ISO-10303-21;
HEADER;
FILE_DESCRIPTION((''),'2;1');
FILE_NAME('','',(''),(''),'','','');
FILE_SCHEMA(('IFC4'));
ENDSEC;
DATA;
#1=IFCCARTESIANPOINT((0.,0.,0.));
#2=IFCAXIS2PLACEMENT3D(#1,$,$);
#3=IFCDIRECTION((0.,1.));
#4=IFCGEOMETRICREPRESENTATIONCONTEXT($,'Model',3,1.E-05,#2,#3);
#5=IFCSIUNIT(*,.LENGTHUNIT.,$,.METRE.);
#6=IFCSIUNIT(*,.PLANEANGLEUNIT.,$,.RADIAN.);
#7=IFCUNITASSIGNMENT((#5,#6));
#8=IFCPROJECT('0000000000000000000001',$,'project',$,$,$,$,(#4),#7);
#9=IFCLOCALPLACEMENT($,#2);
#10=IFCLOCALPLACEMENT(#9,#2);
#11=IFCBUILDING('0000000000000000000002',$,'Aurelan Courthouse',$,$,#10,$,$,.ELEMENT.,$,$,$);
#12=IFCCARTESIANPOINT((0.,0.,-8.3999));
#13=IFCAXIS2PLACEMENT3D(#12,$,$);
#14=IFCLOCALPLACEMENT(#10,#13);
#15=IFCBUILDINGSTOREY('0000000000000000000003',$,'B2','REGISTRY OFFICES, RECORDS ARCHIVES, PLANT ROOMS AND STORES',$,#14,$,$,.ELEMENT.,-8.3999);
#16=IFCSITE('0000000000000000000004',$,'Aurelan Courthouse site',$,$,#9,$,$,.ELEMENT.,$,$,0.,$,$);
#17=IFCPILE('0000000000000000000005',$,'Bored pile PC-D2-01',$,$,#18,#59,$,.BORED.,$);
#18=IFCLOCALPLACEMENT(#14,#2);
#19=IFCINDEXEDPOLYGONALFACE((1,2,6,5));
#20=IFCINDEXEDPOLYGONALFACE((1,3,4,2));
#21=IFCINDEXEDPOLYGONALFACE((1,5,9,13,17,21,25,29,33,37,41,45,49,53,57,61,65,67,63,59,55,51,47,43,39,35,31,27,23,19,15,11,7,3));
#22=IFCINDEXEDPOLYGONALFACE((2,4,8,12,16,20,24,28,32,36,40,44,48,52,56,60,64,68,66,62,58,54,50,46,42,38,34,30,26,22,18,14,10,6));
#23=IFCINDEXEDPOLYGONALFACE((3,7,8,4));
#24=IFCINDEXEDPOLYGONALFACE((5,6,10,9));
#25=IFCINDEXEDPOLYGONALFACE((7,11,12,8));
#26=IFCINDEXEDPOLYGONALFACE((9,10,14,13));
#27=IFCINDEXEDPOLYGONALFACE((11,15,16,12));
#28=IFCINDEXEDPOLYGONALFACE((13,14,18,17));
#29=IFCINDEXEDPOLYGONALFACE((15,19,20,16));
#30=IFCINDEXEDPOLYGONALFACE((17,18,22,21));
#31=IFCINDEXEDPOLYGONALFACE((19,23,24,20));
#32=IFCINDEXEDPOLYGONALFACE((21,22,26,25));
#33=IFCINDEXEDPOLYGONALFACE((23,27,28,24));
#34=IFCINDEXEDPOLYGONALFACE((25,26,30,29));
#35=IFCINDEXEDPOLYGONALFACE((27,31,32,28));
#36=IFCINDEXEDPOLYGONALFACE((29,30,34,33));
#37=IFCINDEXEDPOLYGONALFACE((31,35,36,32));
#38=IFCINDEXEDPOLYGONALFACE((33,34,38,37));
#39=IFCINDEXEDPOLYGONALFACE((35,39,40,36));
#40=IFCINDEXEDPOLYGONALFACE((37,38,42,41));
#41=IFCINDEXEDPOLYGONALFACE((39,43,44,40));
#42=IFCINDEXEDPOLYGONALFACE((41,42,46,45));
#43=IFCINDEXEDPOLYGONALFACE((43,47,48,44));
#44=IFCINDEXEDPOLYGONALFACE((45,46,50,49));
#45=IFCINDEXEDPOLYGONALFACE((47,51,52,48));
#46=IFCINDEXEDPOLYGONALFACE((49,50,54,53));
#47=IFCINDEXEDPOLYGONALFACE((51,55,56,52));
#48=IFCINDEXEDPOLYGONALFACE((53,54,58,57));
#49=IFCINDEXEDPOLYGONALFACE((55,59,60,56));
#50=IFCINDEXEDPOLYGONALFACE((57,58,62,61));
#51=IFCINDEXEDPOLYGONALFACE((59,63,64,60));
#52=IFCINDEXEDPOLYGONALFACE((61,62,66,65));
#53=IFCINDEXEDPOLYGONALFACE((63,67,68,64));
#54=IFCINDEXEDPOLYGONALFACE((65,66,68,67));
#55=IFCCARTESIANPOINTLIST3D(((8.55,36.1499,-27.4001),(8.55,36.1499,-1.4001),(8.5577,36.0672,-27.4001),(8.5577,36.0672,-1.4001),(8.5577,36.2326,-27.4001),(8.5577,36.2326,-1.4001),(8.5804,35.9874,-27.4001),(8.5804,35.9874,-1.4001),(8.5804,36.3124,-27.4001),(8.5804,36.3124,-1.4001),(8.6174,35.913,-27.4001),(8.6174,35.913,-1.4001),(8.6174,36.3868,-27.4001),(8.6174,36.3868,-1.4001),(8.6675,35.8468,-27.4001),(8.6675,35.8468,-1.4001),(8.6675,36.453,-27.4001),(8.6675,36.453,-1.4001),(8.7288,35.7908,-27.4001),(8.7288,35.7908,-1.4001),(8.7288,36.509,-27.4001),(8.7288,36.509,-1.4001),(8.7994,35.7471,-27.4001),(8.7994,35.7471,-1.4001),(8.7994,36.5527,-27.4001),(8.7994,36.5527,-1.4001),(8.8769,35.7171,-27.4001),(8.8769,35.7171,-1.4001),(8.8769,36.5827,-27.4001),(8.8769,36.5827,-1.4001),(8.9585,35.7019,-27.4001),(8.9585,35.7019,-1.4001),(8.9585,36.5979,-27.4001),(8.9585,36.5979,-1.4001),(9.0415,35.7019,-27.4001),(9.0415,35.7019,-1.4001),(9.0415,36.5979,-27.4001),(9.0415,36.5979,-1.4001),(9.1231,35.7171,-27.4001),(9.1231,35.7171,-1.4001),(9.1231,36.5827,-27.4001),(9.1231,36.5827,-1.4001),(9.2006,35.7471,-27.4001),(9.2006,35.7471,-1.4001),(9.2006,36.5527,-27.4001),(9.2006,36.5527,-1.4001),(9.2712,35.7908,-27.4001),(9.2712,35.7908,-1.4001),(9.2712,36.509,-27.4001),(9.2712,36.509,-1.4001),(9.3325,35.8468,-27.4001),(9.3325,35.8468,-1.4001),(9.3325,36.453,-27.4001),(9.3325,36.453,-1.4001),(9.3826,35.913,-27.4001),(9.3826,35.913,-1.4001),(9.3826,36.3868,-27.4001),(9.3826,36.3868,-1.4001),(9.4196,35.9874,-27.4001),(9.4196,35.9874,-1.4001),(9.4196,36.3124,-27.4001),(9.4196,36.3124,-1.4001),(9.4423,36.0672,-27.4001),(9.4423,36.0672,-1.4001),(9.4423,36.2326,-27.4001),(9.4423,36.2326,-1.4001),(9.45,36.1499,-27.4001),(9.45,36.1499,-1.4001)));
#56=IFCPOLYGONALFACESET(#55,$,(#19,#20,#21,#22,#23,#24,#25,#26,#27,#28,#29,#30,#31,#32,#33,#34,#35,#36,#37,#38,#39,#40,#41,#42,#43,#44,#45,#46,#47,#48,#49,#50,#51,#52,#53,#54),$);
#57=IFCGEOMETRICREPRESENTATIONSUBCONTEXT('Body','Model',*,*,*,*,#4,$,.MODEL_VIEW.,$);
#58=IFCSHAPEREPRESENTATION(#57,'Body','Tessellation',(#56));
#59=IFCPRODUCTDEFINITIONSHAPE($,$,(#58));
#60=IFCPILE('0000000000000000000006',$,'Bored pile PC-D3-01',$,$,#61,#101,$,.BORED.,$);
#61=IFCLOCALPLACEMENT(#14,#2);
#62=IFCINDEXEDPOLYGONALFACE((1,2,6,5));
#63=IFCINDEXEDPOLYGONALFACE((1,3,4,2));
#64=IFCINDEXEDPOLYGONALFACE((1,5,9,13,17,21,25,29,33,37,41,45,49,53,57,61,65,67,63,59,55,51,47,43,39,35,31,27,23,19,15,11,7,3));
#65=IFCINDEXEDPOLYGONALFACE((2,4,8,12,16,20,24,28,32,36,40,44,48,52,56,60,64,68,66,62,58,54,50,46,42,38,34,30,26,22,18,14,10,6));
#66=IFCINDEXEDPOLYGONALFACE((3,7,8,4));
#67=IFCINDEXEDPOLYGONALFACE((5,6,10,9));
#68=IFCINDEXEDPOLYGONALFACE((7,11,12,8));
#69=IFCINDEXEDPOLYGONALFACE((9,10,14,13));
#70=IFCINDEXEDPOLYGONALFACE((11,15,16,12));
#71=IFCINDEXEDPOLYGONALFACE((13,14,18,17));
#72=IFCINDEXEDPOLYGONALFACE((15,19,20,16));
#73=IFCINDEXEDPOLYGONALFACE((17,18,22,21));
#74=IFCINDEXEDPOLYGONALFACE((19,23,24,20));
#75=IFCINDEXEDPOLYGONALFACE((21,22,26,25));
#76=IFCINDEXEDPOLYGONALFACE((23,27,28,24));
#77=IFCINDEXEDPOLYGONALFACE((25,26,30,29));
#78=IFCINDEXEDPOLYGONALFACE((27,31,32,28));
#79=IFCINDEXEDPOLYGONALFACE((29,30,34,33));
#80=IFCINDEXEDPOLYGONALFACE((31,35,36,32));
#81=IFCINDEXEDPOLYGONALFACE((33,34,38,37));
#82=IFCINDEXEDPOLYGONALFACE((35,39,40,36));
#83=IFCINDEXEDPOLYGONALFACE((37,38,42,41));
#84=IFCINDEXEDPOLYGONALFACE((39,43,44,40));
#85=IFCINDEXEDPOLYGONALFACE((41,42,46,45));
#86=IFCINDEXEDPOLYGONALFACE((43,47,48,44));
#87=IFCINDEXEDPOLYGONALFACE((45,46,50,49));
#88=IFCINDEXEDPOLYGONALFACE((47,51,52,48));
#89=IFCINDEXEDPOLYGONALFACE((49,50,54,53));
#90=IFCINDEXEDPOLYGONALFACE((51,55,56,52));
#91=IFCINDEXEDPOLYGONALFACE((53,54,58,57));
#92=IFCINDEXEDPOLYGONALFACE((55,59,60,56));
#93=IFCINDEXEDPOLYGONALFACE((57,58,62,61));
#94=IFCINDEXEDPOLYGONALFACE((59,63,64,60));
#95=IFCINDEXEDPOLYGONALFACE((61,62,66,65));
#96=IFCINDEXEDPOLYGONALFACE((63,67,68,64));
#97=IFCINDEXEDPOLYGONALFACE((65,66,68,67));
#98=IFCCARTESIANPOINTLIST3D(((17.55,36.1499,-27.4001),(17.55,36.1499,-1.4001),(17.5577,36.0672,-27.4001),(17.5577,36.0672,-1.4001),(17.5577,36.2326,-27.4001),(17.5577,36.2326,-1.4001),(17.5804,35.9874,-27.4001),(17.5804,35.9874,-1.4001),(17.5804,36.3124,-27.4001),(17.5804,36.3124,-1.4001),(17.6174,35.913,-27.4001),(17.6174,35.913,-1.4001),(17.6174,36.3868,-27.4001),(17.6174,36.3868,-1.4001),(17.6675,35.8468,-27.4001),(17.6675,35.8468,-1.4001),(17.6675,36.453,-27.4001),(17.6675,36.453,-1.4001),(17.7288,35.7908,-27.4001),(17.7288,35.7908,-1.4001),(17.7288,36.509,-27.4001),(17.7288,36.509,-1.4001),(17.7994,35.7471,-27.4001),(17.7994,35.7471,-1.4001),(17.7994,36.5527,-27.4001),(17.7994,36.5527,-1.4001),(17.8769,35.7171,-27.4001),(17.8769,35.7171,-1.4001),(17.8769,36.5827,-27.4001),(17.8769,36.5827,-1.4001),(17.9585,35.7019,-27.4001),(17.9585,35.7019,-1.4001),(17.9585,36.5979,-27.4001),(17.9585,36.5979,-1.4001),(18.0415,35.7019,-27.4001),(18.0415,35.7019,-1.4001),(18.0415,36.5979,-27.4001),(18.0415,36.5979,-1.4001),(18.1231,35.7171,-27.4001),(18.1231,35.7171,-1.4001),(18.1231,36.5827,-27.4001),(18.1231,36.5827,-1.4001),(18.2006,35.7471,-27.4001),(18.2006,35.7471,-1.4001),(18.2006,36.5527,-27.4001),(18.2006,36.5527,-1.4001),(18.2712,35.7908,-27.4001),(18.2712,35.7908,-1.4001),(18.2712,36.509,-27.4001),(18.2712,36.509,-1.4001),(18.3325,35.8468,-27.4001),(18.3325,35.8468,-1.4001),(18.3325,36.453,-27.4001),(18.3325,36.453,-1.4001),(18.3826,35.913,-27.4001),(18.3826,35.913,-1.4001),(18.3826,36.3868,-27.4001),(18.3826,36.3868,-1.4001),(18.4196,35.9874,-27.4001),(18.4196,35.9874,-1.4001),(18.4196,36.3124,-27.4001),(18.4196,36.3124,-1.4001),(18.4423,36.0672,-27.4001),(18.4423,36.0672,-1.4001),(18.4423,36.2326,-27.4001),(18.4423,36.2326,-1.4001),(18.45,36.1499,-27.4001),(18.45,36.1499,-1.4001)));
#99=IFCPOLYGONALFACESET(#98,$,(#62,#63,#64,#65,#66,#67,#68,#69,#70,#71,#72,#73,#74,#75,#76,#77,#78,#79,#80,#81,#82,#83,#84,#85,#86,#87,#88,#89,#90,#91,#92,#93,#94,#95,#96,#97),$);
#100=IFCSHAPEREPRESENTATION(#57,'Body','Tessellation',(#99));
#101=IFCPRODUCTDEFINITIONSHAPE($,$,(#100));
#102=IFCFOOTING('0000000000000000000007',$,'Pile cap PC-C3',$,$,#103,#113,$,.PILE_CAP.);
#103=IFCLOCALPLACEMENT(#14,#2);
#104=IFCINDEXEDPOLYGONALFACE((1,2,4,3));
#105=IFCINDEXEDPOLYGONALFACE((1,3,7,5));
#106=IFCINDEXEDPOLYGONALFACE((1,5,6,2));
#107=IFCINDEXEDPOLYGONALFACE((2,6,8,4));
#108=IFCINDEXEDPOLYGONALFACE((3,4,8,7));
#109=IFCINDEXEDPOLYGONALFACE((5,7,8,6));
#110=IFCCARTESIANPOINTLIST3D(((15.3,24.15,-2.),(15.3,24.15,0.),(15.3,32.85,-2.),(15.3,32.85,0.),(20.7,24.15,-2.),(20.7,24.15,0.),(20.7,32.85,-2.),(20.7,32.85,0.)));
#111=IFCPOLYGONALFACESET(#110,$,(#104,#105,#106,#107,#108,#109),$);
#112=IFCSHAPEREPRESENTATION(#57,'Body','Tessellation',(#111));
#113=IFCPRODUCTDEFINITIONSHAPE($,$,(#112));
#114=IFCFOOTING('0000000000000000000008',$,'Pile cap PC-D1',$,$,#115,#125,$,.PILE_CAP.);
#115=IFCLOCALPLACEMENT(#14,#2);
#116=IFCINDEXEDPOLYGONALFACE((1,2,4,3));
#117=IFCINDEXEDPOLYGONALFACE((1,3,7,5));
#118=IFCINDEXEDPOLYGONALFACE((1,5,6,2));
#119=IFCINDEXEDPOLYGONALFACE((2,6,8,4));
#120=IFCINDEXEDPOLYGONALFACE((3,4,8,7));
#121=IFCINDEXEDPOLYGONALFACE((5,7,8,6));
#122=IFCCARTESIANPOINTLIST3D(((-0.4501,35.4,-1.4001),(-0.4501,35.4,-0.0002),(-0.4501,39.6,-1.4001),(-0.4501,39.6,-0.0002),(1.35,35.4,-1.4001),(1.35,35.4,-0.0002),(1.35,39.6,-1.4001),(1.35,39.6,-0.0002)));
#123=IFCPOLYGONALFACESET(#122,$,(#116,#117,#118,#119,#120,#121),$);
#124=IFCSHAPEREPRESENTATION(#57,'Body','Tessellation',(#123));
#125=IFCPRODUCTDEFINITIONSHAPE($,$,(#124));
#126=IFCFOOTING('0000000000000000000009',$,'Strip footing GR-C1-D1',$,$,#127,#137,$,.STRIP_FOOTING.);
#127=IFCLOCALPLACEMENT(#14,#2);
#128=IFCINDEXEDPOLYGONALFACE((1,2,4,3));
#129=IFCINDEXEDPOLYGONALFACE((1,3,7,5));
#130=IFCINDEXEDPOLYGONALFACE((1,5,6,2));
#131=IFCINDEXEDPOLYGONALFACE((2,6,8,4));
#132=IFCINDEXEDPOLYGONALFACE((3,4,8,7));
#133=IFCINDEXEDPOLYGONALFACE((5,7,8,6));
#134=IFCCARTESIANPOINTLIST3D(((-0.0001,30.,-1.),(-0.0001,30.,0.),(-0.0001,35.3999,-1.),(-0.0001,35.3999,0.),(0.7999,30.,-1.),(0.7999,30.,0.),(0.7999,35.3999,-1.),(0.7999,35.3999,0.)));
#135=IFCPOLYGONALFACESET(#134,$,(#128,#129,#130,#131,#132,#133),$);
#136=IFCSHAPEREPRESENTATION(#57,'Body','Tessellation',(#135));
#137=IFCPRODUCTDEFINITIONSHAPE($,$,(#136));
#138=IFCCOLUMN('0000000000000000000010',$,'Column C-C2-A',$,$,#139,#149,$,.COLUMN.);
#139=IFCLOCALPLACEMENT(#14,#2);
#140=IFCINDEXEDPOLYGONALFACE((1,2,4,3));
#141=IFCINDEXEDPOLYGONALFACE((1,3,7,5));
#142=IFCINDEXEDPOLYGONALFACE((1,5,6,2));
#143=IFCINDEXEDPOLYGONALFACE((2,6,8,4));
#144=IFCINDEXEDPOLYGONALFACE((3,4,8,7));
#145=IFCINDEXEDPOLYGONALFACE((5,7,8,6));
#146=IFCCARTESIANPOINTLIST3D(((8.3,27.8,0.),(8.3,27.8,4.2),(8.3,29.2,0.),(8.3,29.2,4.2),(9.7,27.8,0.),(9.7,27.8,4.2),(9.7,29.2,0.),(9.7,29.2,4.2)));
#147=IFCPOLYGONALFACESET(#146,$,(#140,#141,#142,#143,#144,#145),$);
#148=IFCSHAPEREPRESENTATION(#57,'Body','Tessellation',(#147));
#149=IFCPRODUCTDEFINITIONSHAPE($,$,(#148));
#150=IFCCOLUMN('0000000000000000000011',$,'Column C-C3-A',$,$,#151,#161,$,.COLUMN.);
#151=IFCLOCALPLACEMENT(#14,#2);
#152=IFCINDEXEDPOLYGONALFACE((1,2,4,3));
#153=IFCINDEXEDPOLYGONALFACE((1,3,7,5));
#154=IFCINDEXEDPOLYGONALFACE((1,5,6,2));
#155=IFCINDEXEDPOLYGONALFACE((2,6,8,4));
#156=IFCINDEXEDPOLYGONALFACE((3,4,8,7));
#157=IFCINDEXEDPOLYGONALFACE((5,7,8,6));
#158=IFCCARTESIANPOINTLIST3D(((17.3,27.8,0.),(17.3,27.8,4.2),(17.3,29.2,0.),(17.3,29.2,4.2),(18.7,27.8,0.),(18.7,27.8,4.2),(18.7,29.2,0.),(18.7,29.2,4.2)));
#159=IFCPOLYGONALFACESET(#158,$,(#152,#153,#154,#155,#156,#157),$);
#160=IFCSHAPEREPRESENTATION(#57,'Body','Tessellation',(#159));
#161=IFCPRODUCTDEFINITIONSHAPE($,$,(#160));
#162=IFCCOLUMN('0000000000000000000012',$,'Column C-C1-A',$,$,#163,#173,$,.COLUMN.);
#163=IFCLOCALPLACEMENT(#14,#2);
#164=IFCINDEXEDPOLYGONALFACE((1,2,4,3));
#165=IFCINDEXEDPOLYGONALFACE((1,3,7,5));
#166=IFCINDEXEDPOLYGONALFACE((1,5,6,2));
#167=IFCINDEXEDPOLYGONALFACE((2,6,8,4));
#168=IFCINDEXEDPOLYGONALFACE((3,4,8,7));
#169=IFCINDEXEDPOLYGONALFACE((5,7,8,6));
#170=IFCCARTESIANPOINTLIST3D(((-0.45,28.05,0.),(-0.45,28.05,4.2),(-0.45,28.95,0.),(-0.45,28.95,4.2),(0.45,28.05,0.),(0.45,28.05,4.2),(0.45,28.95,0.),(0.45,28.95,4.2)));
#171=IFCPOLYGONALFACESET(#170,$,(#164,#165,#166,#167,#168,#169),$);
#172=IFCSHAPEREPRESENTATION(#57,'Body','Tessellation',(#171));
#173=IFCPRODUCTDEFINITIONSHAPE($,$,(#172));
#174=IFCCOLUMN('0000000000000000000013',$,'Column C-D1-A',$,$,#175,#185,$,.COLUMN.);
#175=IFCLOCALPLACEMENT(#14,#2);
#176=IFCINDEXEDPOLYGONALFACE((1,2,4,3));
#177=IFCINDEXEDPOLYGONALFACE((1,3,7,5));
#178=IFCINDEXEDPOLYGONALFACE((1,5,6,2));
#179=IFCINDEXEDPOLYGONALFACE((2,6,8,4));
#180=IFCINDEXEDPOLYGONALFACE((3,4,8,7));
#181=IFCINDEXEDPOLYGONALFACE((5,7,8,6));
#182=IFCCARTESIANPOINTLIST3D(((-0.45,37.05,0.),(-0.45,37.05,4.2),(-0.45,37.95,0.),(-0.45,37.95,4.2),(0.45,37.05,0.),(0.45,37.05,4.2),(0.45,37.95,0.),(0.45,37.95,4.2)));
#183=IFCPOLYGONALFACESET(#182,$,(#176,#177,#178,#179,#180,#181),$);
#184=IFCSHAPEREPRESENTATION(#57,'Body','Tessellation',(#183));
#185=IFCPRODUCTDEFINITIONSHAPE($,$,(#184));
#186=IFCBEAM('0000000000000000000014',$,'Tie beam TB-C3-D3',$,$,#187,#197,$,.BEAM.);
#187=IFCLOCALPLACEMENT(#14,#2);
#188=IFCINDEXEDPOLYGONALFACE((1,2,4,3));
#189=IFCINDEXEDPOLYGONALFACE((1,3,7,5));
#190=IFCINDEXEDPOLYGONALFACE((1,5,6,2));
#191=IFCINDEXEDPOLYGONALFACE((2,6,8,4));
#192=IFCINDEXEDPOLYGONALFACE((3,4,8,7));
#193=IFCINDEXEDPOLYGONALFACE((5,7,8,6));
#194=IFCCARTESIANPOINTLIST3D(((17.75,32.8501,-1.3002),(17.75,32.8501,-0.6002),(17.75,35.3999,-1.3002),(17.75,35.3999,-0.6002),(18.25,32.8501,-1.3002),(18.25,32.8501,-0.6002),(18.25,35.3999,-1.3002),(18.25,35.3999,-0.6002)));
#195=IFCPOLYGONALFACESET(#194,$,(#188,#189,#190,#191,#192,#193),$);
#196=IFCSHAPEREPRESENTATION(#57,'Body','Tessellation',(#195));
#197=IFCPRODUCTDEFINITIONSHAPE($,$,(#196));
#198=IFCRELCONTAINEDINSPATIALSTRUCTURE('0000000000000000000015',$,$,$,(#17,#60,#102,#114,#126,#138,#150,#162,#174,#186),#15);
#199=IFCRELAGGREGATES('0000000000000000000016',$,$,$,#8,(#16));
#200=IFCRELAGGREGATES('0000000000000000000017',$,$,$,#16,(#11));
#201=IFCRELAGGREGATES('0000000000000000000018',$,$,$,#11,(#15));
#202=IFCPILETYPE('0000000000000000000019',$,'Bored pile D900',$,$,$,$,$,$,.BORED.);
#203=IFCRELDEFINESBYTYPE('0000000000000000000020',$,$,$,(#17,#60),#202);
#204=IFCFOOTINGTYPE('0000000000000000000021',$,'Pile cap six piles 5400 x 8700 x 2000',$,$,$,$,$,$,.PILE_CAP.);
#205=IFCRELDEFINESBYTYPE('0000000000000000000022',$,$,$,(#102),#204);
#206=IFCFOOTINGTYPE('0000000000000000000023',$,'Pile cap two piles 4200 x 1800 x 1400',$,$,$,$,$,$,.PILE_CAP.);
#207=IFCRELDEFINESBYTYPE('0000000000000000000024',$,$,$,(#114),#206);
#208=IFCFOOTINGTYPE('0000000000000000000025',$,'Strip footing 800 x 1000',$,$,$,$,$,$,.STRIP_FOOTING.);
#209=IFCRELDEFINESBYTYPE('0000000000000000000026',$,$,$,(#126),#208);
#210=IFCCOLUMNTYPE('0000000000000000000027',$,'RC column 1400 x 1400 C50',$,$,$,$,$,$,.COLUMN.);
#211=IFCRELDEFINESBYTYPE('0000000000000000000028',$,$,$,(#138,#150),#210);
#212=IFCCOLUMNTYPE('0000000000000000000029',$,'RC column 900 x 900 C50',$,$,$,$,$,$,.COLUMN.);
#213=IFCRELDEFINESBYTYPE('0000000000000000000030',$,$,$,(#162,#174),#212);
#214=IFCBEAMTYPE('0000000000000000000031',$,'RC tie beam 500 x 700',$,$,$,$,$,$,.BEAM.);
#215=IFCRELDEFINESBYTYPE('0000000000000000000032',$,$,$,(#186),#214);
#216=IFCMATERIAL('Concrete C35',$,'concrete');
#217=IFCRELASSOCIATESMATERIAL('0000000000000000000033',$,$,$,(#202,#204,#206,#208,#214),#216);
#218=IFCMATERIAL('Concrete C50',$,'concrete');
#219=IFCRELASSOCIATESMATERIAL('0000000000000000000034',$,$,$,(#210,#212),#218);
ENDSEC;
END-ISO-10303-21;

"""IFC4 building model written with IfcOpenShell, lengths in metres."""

from ifc_helpers import new_model, si_unit, direction, frame, origin, origin_2d, place, context, subcontext, project, spatial, rectangle, circle, extrude, material, material_profile, profile_set, type_object, element, save


model = new_model("IFC4")

# Units and contexts
model_context = context("Model", 3, precision=1e-05, world=origin(), true_north=direction((0.0, 1.0)))
body_context = subcontext(model_context, "Body", "Model", "MODEL_VIEW")
ifc_project = project(units=[si_unit("LENGTHUNIT", "METRE"), si_unit("PLANEANGLEUNIT", "RADIAN")], contexts=[model_context])

# Site, building, storey
site_placement = place(None, origin())
site = spatial("IfcSite", under=ifc_project, at=site_placement, Name="Aurelan Courthouse site", CompositionType="ELEMENT", RefElevation=0.0)
building_placement = place(site_placement, origin())
building = spatial("IfcBuilding", under=site, at=building_placement, Name="Aurelan Courthouse", CompositionType="ELEMENT")
storey_placement = place(building_placement, frame((0.0, 0.0, -8.3999)))
storey = spatial("IfcBuildingStorey", under=building, at=storey_placement, Name="B2", Description="REGISTRY OFFICES, RECORDS ARCHIVES, PLANT ROOMS AND STORES", CompositionType="ELEMENT", Elevation=-8.3999)

# Piles
ifc_material_1 = material(Name="Concrete C35", Category="concrete")
ifc_material_profile_1 = material_profile(ifc_material_1, circle(Radius=0.45, at=origin_2d()), Name="D900")
ifc_profile_set_1 = profile_set([ifc_material_profile_1], Name="Concrete C35")
pile_type_1 = type_object("IfcPileType", Name="Bored pile D900", PredefinedType="BORED", material=ifc_profile_set_1)
for number, where, z_axis, x_axis, name in (
    (1, (9.0, 36.1499, -1.4001), (0.0, 0.0, -1.0), (1.0, 0.0, 0.0), "Bored pile PC-D2-01"),
    (2, (18.0, 36.1499, -1.4001), (0.0, 0.0, -1.0), (1.0, 0.0, 0.0), "Bored pile PC-D3-01"),
):
    element("IfcPile", number, at=place(storey_placement, frame(where, z_axis=z_axis, x_axis=x_axis)), inside=storey, type_object=pile_type_1, Name=name, PredefinedType="BORED", context=body_context, shape_type="SweptSolid", body=[
        extrude(circle(Radius=0.45, at=origin_2d()), origin(), (0.0, 0.0, 1.0), 26.0),
    ])

# Footings
footing_type_1 = type_object("IfcFootingType", Name="Pile cap six piles 5400 x 8700 x 2000", PredefinedType="PILE_CAP", material=ifc_material_1)
footing_1_placement = place(storey_placement, frame((18.0, 28.5, -2.0), z_axis=(0.0, 0.0, 1.0), x_axis=(1.0, 0.0, 0.0)))
element("IfcFooting", 3, at=footing_1_placement, inside=storey, type_object=footing_type_1, Name="Pile cap PC-C3", PredefinedType="PILE_CAP", context=body_context, shape_type="SweptSolid", body=[
    extrude(rectangle(XDim=5.3999, YDim=8.7, at=origin_2d()), origin(), (0.0, 0.0, 1.0), 2.0),
])
footing_type_2 = type_object("IfcFootingType", Name="Pile cap two piles 4200 x 1800 x 1400", PredefinedType="PILE_CAP", material=ifc_material_1)
footing_2_placement = place(storey_placement, frame((0.45, 37.5, -1.4001), z_axis=(0.0, 0.0, 1.0), x_axis=(0.0, 1.0, 0.0)))
element("IfcFooting", 4, at=footing_2_placement, inside=storey, type_object=footing_type_2, Name="Pile cap PC-D1", PredefinedType="PILE_CAP", context=body_context, shape_type="SweptSolid", body=[
    extrude(rectangle(XDim=4.2, YDim=1.8, at=origin_2d()), origin(), (0.0, 0.0, 1.0), 1.3999),
])
footing_type_3 = type_object("IfcFootingType", Name="Strip footing 800 x 1000", PredefinedType="STRIP_FOOTING", material=ifc_material_1)
footing_3_placement = place(storey_placement, frame((0.3999, 32.7, -1.0), z_axis=(0.0, 0.0, 1.0), x_axis=(1.0, 0.0, 0.0)))
element("IfcFooting", 5, at=footing_3_placement, inside=storey, type_object=footing_type_3, Name="Strip footing GR-C1-D1", PredefinedType="STRIP_FOOTING", context=body_context, shape_type="SweptSolid", body=[
    extrude(rectangle(XDim=0.8, YDim=5.3999, at=origin_2d()), origin(), (0.0, 0.0, 1.0), 1.0),
])

# Columns
ifc_material_2 = material(Name="Concrete C50", Category="concrete")
ifc_material_profile_2 = material_profile(ifc_material_2, rectangle(XDim=1.3999, YDim=1.3999, at=origin_2d()), Name="RC 1400 x 1400")
ifc_profile_set_2 = profile_set([ifc_material_profile_2], Name="Concrete C50")
column_type_1 = type_object("IfcColumnType", Name="RC column 1400 x 1400 C50", PredefinedType="COLUMN", material=ifc_profile_set_2)
for number, where, z_axis, x_axis, name in (
    (6, (9.0, 28.5, 0.0), (0.0, 0.0, 1.0), (1.0, 0.0, 0.0), "Column C-C2-A"),
    (7, (18.0, 28.5, 0.0), (0.0, 0.0, 1.0), (1.0, 0.0, 0.0), "Column C-C3-A"),
):
    element("IfcColumn", number, at=place(storey_placement, frame(where, z_axis=z_axis, x_axis=x_axis)), inside=storey, type_object=column_type_1, Name=name, PredefinedType="COLUMN", context=body_context, shape_type="SweptSolid", body=[
        extrude(rectangle(XDim=1.3999, YDim=1.3999, at=origin_2d()), origin(), (0.0, 0.0, 1.0), 4.2),
    ])
ifc_material_profile_3 = material_profile(ifc_material_2, rectangle(XDim=0.8999, YDim=0.8999, at=origin_2d()), Name="RC 900 x 900")
ifc_profile_set_3 = profile_set([ifc_material_profile_3], Name="Concrete C50")
column_type_2 = type_object("IfcColumnType", Name="RC column 900 x 900 C50", PredefinedType="COLUMN", material=ifc_profile_set_3)
for number, where, z_axis, x_axis, name in (
    (8, (0.0, 28.5, 0.0), (0.0, 0.0, 1.0), (1.0, 0.0, 0.0), "Column C-C1-A"),
    (9, (0.0, 37.5, 0.0), (0.0, 0.0, 1.0), (1.0, 0.0, 0.0), "Column C-D1-A"),
):
    element("IfcColumn", number, at=place(storey_placement, frame(where, z_axis=z_axis, x_axis=x_axis)), inside=storey, type_object=column_type_2, Name=name, PredefinedType="COLUMN", context=body_context, shape_type="SweptSolid", body=[
        extrude(rectangle(XDim=0.8999, YDim=0.8999, at=origin_2d()), origin(), (0.0, 0.0, 1.0), 4.2),
    ])

# Beam
ifc_material_profile_4 = material_profile(ifc_material_1, rectangle(XDim=0.5, YDim=0.7, at=origin_2d()), Name="RC 500 x 700")
ifc_profile_set_4 = profile_set([ifc_material_profile_4], Name="Concrete C35")
beam_type_1 = type_object("IfcBeamType", Name="RC tie beam 500 x 700", PredefinedType="BEAM", material=ifc_profile_set_4)
beam_1_placement = place(storey_placement, frame((18.0, 32.8501, -0.9502), z_axis=(0.0, 1.0, 0.0), x_axis=(-1.0, 0.0, 0.0)))
element("IfcBeam", 10, at=beam_1_placement, inside=storey, type_object=beam_type_1, Name="Tie beam TB-C3-D3", PredefinedType="BEAM", context=body_context, shape_type="SweptSolid", body=[
    extrude(rectangle(XDim=0.5, YDim=0.7, at=origin_2d()), origin(), (0.0, 0.0, 1.0), 2.5498),
])

save(model, "model.ifc")
